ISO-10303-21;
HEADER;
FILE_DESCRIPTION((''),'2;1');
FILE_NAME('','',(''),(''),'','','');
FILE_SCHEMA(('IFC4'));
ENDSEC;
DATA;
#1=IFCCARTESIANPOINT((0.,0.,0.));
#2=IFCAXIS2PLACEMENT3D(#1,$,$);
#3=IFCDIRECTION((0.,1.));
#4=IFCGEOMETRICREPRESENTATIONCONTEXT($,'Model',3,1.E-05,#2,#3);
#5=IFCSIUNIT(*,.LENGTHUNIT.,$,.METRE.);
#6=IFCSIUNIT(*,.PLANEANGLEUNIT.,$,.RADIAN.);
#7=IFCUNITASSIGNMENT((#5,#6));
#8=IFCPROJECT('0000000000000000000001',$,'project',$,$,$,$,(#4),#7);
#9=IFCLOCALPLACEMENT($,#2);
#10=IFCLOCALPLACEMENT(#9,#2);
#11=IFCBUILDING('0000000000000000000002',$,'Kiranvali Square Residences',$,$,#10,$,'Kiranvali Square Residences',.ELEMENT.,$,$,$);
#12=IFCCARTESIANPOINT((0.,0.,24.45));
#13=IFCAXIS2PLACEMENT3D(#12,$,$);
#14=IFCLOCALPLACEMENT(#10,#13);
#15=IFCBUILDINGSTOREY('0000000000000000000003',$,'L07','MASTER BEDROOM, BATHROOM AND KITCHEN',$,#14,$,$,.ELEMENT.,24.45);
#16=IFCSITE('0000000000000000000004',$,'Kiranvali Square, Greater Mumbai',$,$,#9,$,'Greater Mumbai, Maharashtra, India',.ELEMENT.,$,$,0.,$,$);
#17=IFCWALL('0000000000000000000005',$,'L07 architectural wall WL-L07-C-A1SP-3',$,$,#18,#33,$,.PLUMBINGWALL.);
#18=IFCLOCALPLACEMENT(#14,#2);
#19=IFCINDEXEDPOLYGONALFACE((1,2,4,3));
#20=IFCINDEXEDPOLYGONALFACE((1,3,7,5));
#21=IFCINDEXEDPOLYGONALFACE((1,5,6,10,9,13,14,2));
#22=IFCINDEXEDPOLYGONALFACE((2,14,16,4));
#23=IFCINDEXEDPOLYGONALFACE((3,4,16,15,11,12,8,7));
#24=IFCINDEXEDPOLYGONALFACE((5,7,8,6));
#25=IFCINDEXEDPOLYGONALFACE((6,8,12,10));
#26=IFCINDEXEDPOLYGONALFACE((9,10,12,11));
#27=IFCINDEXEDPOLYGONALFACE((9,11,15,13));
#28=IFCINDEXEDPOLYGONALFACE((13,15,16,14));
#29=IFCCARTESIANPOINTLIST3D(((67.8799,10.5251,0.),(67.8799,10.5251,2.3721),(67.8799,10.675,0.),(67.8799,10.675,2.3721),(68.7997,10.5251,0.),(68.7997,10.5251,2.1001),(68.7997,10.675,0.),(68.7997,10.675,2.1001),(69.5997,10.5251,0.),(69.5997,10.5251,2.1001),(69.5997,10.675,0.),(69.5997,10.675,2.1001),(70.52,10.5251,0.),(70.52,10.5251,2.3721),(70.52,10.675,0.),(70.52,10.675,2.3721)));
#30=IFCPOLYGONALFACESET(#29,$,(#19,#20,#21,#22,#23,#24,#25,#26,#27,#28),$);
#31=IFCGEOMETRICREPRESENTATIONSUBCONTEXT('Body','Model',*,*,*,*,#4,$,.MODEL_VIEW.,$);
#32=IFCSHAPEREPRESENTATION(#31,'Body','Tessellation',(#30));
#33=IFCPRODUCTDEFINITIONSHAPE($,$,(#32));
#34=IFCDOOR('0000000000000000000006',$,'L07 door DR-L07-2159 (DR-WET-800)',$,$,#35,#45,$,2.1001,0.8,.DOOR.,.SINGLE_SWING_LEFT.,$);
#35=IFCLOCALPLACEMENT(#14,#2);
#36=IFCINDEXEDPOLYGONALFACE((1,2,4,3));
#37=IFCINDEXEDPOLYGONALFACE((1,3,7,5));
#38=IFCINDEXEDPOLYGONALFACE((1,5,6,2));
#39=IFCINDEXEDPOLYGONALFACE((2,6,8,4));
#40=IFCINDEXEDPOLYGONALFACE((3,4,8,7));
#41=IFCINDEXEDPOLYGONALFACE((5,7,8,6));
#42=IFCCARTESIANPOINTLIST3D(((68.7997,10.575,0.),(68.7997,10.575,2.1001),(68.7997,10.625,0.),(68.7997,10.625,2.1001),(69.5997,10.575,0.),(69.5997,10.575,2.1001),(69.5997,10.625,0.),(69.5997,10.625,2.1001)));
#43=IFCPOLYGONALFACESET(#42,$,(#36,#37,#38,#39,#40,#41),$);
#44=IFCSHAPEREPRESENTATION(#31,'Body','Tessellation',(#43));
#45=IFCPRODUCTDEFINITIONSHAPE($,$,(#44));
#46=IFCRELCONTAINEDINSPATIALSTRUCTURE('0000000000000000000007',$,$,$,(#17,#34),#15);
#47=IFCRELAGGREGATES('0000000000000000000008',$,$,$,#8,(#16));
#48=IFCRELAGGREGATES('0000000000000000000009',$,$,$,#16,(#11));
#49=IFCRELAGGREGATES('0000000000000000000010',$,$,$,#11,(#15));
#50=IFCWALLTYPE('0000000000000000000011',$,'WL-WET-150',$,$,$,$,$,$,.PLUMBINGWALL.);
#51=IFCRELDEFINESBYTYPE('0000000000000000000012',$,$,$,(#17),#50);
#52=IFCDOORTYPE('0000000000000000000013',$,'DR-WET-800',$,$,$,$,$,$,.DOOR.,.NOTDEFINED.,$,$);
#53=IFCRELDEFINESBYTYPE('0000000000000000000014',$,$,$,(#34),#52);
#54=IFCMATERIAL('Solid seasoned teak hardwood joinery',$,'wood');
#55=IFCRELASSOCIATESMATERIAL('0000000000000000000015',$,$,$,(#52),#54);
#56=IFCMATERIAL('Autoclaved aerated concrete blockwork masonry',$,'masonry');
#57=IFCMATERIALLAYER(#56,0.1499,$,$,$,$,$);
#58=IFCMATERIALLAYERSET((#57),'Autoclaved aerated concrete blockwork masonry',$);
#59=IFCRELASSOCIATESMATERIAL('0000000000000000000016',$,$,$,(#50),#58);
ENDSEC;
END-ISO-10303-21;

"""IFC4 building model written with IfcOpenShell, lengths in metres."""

from ifc_helpers import new_model, si_unit, direction, frame, frame_2d, origin, place, context, subcontext, project, spatial, rectangle, extrude, material, layer, layer_set, type_object, element, fill, save


model = new_model("IFC4")

# Units and contexts
model_context = context("Model", 3, precision=1e-05, world=origin(), true_north=direction((0.0, 1.0)))
body_context = subcontext(model_context, "Body", "Model", "MODEL_VIEW")
ifc_project = project(units=[si_unit("LENGTHUNIT", "METRE"), si_unit("PLANEANGLEUNIT", "RADIAN")], contexts=[model_context])

# Site, building, storey
site_placement = place(None, origin())
site = spatial("IfcSite", under=ifc_project, at=site_placement, Name="Kiranvali Square, Greater Mumbai", LongName="Greater Mumbai, Maharashtra, India", CompositionType="ELEMENT", RefElevation=0.0)
building_placement = place(site_placement, origin())
building = spatial("IfcBuilding", under=site, at=building_placement, Name="Kiranvali Square Residences", LongName="Kiranvali Square Residences", CompositionType="ELEMENT")
storey_placement = place(building_placement, frame((0.0, 0.0, 24.45)))
storey = spatial("IfcBuildingStorey", under=building, at=storey_placement, Name="L07", Description="MASTER BEDROOM, BATHROOM AND KITCHEN", CompositionType="ELEMENT", Elevation=24.45)

# Shared definitions
ifc_material_1 = material(Name="Autoclaved aerated concrete blockwork masonry", Category="masonry")

# Wall, opening, door
ifc_material_2 = material(Name="Solid seasoned teak hardwood joinery", Category="wood")
door_type_1 = type_object("IfcDoorType", Name="DR-WET-800", OperationType="NOTDEFINED", PredefinedType="DOOR", material=ifc_material_2)
ifc_layer_1 = layer(ifc_material_1, 0.1499)
ifc_layer_set_1 = layer_set([ifc_layer_1], Name="Autoclaved aerated concrete blockwork masonry")
wall_type_1 = type_object("IfcWallType", Name="WL-WET-150", PredefinedType="PLUMBINGWALL", material=ifc_layer_set_1)
wall_1_placement = place(storey_placement, frame((67.8799, 10.6001, 0.0), z_axis=(0.0, 0.0, 1.0), x_axis=(1.0, 0.0, 0.0)))
wall_1 = element("IfcWall", 1, at=wall_1_placement, inside=storey, type_object=wall_type_1, Name="L07 architectural wall WL-L07-C-A1SP-3", PredefinedType="PLUMBINGWALL", context=body_context, shape_type="SweptSolid", body=[
    extrude(rectangle(XDim=2.6401, YDim=0.1499, at=frame_2d((1.3201, 0.0))), origin(), (0.0, 0.0, 1.0), 2.3721),
])
opening_1_placement = place(wall_1_placement, frame((0.9199, 0.0, 0.0)))
opening_1 = element("IfcOpeningElement", 2, at=opening_1_placement, cuts=wall_1, PredefinedType="OPENING", context=body_context, shape_type="SweptSolid", body=[
    extrude(rectangle(XDim=0.8, YDim=2.1001, at=frame_2d((0.3999, 1.05))), frame((0.0, 0.085, 0.0), z_axis=(0.0, -1.0, 0.0), x_axis=(1.0, 0.0, 0.0)), (0.0, 0.0, 1.0), 0.1699),
])
door_1_placement = place(opening_1_placement, origin())
door_1 = element("IfcDoor", 3, at=door_1_placement, inside=storey, type_object=door_type_1, Name="L07 door DR-L07-2159 (DR-WET-800)", OperationType="SINGLE_SWING_LEFT", OverallHeight=2.1001, OverallWidth=0.8, PredefinedType="DOOR", context=body_context, shape_type="SweptSolid", body=[
    extrude(rectangle(XDim=0.8, YDim=2.1001, at=frame_2d((0.3999, 1.05))), frame((0.0, 0.0249, 0.0), z_axis=(0.0, -1.0, 0.0), x_axis=(1.0, 0.0, 0.0)), (0.0, 0.0, 1.0), 0.05),
])
fill(opening_1, door_1)

save(model, "model.ifc")
